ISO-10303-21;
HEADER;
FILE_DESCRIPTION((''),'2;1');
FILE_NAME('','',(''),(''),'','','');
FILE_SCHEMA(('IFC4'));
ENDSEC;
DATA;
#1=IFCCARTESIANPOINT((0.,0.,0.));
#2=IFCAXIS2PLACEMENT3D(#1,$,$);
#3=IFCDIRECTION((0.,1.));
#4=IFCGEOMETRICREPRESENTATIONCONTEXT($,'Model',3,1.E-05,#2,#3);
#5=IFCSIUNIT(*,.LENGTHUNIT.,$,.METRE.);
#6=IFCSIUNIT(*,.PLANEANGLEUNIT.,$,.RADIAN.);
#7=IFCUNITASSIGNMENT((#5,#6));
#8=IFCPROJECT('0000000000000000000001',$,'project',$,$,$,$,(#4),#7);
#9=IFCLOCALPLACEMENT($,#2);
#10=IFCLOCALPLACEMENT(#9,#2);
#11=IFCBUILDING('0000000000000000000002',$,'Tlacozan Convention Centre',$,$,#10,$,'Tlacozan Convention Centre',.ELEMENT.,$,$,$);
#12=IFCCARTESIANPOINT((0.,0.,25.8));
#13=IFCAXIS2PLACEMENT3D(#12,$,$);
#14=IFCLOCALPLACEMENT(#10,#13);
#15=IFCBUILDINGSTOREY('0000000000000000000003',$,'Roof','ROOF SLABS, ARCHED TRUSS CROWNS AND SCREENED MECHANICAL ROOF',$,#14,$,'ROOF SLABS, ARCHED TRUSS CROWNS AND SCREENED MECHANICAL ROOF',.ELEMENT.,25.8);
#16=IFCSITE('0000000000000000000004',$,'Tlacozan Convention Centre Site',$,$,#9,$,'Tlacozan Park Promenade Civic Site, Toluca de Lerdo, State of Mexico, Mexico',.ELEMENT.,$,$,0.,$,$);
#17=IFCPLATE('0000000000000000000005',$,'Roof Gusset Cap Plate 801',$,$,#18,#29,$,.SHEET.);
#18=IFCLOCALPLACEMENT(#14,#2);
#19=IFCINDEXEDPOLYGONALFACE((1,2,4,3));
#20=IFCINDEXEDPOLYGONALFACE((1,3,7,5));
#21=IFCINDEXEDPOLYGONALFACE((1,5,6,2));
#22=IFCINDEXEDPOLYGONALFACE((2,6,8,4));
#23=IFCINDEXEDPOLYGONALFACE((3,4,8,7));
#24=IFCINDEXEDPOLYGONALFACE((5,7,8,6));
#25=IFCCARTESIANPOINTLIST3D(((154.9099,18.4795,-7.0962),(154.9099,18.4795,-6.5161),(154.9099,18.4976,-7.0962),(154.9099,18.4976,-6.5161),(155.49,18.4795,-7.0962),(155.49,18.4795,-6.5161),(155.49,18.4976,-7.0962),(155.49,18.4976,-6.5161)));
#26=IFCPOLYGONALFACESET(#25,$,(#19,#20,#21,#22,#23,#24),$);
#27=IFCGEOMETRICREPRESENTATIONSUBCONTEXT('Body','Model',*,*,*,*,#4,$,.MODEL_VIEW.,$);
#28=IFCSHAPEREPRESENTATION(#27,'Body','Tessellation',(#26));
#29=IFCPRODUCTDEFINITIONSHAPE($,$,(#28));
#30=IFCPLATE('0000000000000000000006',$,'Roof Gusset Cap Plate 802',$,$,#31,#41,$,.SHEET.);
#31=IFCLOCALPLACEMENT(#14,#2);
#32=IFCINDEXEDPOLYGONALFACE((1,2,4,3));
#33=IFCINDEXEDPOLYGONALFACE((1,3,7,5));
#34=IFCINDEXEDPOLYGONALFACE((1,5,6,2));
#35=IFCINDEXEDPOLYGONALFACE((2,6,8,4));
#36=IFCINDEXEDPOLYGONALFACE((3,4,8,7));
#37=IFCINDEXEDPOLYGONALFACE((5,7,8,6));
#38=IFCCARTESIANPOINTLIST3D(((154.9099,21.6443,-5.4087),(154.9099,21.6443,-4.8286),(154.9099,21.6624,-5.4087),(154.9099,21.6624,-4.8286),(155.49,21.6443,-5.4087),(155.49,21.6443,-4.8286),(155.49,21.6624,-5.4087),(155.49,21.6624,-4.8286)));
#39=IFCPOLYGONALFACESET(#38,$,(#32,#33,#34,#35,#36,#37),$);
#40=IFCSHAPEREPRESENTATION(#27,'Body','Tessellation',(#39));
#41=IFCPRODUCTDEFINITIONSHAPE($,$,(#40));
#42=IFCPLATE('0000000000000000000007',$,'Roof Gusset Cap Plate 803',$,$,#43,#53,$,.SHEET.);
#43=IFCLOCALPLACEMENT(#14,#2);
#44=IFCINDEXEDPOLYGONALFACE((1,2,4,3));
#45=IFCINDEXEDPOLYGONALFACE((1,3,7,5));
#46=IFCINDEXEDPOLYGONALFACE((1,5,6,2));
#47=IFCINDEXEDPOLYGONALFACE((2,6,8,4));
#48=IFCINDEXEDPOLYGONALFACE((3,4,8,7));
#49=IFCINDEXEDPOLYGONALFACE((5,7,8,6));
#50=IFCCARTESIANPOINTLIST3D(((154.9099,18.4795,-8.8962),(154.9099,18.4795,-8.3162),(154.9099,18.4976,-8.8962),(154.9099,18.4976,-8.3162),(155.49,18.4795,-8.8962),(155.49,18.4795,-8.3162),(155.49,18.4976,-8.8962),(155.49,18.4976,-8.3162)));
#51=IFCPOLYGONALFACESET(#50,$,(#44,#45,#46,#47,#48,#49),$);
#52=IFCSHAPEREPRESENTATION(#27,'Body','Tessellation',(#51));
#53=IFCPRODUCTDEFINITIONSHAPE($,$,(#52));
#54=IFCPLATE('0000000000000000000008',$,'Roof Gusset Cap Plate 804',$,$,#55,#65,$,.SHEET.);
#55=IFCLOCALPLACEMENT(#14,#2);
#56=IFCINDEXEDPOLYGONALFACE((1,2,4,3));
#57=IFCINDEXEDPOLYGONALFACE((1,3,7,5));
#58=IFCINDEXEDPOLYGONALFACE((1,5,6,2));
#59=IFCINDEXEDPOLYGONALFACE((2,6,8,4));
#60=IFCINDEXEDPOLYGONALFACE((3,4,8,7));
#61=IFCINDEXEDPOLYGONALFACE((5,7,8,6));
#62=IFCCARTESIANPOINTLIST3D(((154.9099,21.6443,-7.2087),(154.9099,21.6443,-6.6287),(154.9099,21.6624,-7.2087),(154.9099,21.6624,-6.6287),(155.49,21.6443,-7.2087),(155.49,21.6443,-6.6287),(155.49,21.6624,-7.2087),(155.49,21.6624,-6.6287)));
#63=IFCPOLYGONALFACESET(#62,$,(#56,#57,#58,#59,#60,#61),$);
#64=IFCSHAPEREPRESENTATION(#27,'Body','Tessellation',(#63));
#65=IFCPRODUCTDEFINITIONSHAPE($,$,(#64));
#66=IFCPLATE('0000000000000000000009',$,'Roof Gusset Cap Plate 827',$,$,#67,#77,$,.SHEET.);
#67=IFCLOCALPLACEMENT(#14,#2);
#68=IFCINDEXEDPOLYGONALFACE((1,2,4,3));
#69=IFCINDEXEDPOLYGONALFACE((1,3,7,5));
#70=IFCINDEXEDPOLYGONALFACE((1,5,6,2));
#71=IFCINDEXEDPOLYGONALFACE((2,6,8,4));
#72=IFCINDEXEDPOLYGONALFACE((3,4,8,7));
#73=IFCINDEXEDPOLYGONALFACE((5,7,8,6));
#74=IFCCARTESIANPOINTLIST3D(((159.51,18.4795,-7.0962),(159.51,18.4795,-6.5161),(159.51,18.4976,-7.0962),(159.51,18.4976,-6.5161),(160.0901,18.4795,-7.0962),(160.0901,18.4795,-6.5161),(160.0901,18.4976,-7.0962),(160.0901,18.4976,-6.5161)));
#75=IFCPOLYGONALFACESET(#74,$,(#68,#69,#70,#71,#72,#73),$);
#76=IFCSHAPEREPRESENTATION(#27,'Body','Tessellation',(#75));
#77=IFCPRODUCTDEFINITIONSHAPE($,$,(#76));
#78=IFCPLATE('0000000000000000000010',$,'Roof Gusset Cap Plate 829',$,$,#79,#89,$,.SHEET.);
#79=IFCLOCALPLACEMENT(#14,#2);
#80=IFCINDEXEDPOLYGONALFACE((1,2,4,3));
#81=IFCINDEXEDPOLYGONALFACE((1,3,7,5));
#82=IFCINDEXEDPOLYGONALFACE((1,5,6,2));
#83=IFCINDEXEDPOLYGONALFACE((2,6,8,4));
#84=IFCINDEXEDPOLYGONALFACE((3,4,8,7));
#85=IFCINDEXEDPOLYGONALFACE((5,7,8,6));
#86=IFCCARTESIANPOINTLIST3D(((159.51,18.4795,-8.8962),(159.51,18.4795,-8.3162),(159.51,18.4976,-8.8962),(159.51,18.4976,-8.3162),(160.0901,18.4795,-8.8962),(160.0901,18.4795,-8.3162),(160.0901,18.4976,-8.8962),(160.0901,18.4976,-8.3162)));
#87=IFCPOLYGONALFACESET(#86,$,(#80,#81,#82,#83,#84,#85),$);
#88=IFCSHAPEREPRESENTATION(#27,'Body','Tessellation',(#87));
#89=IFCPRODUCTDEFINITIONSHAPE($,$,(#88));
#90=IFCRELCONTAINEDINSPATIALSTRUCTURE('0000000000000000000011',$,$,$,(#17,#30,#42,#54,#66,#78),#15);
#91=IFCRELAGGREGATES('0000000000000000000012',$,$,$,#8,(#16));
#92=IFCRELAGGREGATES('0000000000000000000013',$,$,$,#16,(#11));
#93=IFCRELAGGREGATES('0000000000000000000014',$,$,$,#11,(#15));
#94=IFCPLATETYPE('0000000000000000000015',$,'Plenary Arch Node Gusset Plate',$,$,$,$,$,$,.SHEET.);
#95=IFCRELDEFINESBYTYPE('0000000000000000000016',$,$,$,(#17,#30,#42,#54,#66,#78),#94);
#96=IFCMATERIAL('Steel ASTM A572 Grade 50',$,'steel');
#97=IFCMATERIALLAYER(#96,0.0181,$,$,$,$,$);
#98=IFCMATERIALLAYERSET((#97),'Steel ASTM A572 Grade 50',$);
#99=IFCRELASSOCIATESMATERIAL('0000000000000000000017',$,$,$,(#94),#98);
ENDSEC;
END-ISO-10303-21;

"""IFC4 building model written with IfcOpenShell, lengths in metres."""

from ifc_helpers import new_model, si_unit, direction, frame, origin, origin_2d, place, context, subcontext, project, spatial, rectangle, extrude, material, layer, layer_set, type_object, element, save


model = new_model("IFC4")

# Units and contexts
model_context = context("Model", 3, precision=1e-05, world=origin(), true_north=direction((0.0, 1.0)))
body_context = subcontext(model_context, "Body", "Model", "MODEL_VIEW")
ifc_project = project(units=[si_unit("LENGTHUNIT", "METRE"), si_unit("PLANEANGLEUNIT", "RADIAN")], contexts=[model_context])

# Site, building, storey
site_placement = place(None, origin())
site = spatial("IfcSite", under=ifc_project, at=site_placement, Name="Tlacozan Convention Centre Site", LongName="Tlacozan Park Promenade Civic Site, Toluca de Lerdo, State of Mexico, Mexico", CompositionType="ELEMENT", RefElevation=0.0)
building_placement = place(site_placement, origin())
building = spatial("IfcBuilding", under=site, at=building_placement, Name="Tlacozan Convention Centre", LongName="Tlacozan Convention Centre", CompositionType="ELEMENT")
storey_placement = place(building_placement, frame((0.0, 0.0, 25.8)))
storey = spatial("IfcBuildingStorey", under=building, at=storey_placement, Name="Roof", Description="ROOF SLABS, ARCHED TRUSS CROWNS AND SCREENED MECHANICAL ROOF", LongName="ROOF SLABS, ARCHED TRUSS CROWNS AND SCREENED MECHANICAL ROOF", CompositionType="ELEMENT", Elevation=25.8)

# Plates
ifc_material_1 = material(Name="Steel ASTM A572 Grade 50", Category="steel")
ifc_layer = layer(ifc_material_1, 0.0181)
ifc_layer_set = layer_set([ifc_layer], Name="Steel ASTM A572 Grade 50")
plate_type = type_object("IfcPlateType", Name="Plenary Arch Node Gusset Plate", PredefinedType="SHEET", material=ifc_layer_set)
for number, where, z_axis, x_axis, name in (
    (1, (155.2, 18.4885, -7.0962), (0.0, 0.0, 1.0), (0.0, 1.0, 0.0), "Roof Gusset Cap Plate 801"),
    (2, (155.2, 21.6533, -5.4087), (0.0, 0.0, 1.0), (0.0, 1.0, 0.0), "Roof Gusset Cap Plate 802"),
    (3, (155.2, 18.4885, -8.8962), (0.0, 0.0, 1.0), (0.0, 1.0, 0.0), "Roof Gusset Cap Plate 803"),
    (4, (155.2, 21.6533, -7.2087), (0.0, 0.0, 1.0), (0.0, 1.0, 0.0), "Roof Gusset Cap Plate 804"),
    (5, (159.8, 18.4885, -7.0962), (0.0, 0.0, 1.0), (0.0, 1.0, 0.0), "Roof Gusset Cap Plate 827"),
    (6, (159.8, 18.4885, -8.8962), (0.0, 0.0, 1.0), (0.0, 1.0, 0.0), "Roof Gusset Cap Plate 829"),
):
    element("IfcPlate", number, at=place(storey_placement, frame(where, z_axis=z_axis, x_axis=x_axis)), inside=storey, type_object=plate_type, Name=name, PredefinedType="SHEET", context=body_context, shape_type="SweptSolid", body=[
        extrude(rectangle(XDim=0.0181, YDim=0.5801, at=origin_2d()), origin(), (0.0, 0.0, 1.0), 0.5801),
    ])

save(model, "model.ifc")
